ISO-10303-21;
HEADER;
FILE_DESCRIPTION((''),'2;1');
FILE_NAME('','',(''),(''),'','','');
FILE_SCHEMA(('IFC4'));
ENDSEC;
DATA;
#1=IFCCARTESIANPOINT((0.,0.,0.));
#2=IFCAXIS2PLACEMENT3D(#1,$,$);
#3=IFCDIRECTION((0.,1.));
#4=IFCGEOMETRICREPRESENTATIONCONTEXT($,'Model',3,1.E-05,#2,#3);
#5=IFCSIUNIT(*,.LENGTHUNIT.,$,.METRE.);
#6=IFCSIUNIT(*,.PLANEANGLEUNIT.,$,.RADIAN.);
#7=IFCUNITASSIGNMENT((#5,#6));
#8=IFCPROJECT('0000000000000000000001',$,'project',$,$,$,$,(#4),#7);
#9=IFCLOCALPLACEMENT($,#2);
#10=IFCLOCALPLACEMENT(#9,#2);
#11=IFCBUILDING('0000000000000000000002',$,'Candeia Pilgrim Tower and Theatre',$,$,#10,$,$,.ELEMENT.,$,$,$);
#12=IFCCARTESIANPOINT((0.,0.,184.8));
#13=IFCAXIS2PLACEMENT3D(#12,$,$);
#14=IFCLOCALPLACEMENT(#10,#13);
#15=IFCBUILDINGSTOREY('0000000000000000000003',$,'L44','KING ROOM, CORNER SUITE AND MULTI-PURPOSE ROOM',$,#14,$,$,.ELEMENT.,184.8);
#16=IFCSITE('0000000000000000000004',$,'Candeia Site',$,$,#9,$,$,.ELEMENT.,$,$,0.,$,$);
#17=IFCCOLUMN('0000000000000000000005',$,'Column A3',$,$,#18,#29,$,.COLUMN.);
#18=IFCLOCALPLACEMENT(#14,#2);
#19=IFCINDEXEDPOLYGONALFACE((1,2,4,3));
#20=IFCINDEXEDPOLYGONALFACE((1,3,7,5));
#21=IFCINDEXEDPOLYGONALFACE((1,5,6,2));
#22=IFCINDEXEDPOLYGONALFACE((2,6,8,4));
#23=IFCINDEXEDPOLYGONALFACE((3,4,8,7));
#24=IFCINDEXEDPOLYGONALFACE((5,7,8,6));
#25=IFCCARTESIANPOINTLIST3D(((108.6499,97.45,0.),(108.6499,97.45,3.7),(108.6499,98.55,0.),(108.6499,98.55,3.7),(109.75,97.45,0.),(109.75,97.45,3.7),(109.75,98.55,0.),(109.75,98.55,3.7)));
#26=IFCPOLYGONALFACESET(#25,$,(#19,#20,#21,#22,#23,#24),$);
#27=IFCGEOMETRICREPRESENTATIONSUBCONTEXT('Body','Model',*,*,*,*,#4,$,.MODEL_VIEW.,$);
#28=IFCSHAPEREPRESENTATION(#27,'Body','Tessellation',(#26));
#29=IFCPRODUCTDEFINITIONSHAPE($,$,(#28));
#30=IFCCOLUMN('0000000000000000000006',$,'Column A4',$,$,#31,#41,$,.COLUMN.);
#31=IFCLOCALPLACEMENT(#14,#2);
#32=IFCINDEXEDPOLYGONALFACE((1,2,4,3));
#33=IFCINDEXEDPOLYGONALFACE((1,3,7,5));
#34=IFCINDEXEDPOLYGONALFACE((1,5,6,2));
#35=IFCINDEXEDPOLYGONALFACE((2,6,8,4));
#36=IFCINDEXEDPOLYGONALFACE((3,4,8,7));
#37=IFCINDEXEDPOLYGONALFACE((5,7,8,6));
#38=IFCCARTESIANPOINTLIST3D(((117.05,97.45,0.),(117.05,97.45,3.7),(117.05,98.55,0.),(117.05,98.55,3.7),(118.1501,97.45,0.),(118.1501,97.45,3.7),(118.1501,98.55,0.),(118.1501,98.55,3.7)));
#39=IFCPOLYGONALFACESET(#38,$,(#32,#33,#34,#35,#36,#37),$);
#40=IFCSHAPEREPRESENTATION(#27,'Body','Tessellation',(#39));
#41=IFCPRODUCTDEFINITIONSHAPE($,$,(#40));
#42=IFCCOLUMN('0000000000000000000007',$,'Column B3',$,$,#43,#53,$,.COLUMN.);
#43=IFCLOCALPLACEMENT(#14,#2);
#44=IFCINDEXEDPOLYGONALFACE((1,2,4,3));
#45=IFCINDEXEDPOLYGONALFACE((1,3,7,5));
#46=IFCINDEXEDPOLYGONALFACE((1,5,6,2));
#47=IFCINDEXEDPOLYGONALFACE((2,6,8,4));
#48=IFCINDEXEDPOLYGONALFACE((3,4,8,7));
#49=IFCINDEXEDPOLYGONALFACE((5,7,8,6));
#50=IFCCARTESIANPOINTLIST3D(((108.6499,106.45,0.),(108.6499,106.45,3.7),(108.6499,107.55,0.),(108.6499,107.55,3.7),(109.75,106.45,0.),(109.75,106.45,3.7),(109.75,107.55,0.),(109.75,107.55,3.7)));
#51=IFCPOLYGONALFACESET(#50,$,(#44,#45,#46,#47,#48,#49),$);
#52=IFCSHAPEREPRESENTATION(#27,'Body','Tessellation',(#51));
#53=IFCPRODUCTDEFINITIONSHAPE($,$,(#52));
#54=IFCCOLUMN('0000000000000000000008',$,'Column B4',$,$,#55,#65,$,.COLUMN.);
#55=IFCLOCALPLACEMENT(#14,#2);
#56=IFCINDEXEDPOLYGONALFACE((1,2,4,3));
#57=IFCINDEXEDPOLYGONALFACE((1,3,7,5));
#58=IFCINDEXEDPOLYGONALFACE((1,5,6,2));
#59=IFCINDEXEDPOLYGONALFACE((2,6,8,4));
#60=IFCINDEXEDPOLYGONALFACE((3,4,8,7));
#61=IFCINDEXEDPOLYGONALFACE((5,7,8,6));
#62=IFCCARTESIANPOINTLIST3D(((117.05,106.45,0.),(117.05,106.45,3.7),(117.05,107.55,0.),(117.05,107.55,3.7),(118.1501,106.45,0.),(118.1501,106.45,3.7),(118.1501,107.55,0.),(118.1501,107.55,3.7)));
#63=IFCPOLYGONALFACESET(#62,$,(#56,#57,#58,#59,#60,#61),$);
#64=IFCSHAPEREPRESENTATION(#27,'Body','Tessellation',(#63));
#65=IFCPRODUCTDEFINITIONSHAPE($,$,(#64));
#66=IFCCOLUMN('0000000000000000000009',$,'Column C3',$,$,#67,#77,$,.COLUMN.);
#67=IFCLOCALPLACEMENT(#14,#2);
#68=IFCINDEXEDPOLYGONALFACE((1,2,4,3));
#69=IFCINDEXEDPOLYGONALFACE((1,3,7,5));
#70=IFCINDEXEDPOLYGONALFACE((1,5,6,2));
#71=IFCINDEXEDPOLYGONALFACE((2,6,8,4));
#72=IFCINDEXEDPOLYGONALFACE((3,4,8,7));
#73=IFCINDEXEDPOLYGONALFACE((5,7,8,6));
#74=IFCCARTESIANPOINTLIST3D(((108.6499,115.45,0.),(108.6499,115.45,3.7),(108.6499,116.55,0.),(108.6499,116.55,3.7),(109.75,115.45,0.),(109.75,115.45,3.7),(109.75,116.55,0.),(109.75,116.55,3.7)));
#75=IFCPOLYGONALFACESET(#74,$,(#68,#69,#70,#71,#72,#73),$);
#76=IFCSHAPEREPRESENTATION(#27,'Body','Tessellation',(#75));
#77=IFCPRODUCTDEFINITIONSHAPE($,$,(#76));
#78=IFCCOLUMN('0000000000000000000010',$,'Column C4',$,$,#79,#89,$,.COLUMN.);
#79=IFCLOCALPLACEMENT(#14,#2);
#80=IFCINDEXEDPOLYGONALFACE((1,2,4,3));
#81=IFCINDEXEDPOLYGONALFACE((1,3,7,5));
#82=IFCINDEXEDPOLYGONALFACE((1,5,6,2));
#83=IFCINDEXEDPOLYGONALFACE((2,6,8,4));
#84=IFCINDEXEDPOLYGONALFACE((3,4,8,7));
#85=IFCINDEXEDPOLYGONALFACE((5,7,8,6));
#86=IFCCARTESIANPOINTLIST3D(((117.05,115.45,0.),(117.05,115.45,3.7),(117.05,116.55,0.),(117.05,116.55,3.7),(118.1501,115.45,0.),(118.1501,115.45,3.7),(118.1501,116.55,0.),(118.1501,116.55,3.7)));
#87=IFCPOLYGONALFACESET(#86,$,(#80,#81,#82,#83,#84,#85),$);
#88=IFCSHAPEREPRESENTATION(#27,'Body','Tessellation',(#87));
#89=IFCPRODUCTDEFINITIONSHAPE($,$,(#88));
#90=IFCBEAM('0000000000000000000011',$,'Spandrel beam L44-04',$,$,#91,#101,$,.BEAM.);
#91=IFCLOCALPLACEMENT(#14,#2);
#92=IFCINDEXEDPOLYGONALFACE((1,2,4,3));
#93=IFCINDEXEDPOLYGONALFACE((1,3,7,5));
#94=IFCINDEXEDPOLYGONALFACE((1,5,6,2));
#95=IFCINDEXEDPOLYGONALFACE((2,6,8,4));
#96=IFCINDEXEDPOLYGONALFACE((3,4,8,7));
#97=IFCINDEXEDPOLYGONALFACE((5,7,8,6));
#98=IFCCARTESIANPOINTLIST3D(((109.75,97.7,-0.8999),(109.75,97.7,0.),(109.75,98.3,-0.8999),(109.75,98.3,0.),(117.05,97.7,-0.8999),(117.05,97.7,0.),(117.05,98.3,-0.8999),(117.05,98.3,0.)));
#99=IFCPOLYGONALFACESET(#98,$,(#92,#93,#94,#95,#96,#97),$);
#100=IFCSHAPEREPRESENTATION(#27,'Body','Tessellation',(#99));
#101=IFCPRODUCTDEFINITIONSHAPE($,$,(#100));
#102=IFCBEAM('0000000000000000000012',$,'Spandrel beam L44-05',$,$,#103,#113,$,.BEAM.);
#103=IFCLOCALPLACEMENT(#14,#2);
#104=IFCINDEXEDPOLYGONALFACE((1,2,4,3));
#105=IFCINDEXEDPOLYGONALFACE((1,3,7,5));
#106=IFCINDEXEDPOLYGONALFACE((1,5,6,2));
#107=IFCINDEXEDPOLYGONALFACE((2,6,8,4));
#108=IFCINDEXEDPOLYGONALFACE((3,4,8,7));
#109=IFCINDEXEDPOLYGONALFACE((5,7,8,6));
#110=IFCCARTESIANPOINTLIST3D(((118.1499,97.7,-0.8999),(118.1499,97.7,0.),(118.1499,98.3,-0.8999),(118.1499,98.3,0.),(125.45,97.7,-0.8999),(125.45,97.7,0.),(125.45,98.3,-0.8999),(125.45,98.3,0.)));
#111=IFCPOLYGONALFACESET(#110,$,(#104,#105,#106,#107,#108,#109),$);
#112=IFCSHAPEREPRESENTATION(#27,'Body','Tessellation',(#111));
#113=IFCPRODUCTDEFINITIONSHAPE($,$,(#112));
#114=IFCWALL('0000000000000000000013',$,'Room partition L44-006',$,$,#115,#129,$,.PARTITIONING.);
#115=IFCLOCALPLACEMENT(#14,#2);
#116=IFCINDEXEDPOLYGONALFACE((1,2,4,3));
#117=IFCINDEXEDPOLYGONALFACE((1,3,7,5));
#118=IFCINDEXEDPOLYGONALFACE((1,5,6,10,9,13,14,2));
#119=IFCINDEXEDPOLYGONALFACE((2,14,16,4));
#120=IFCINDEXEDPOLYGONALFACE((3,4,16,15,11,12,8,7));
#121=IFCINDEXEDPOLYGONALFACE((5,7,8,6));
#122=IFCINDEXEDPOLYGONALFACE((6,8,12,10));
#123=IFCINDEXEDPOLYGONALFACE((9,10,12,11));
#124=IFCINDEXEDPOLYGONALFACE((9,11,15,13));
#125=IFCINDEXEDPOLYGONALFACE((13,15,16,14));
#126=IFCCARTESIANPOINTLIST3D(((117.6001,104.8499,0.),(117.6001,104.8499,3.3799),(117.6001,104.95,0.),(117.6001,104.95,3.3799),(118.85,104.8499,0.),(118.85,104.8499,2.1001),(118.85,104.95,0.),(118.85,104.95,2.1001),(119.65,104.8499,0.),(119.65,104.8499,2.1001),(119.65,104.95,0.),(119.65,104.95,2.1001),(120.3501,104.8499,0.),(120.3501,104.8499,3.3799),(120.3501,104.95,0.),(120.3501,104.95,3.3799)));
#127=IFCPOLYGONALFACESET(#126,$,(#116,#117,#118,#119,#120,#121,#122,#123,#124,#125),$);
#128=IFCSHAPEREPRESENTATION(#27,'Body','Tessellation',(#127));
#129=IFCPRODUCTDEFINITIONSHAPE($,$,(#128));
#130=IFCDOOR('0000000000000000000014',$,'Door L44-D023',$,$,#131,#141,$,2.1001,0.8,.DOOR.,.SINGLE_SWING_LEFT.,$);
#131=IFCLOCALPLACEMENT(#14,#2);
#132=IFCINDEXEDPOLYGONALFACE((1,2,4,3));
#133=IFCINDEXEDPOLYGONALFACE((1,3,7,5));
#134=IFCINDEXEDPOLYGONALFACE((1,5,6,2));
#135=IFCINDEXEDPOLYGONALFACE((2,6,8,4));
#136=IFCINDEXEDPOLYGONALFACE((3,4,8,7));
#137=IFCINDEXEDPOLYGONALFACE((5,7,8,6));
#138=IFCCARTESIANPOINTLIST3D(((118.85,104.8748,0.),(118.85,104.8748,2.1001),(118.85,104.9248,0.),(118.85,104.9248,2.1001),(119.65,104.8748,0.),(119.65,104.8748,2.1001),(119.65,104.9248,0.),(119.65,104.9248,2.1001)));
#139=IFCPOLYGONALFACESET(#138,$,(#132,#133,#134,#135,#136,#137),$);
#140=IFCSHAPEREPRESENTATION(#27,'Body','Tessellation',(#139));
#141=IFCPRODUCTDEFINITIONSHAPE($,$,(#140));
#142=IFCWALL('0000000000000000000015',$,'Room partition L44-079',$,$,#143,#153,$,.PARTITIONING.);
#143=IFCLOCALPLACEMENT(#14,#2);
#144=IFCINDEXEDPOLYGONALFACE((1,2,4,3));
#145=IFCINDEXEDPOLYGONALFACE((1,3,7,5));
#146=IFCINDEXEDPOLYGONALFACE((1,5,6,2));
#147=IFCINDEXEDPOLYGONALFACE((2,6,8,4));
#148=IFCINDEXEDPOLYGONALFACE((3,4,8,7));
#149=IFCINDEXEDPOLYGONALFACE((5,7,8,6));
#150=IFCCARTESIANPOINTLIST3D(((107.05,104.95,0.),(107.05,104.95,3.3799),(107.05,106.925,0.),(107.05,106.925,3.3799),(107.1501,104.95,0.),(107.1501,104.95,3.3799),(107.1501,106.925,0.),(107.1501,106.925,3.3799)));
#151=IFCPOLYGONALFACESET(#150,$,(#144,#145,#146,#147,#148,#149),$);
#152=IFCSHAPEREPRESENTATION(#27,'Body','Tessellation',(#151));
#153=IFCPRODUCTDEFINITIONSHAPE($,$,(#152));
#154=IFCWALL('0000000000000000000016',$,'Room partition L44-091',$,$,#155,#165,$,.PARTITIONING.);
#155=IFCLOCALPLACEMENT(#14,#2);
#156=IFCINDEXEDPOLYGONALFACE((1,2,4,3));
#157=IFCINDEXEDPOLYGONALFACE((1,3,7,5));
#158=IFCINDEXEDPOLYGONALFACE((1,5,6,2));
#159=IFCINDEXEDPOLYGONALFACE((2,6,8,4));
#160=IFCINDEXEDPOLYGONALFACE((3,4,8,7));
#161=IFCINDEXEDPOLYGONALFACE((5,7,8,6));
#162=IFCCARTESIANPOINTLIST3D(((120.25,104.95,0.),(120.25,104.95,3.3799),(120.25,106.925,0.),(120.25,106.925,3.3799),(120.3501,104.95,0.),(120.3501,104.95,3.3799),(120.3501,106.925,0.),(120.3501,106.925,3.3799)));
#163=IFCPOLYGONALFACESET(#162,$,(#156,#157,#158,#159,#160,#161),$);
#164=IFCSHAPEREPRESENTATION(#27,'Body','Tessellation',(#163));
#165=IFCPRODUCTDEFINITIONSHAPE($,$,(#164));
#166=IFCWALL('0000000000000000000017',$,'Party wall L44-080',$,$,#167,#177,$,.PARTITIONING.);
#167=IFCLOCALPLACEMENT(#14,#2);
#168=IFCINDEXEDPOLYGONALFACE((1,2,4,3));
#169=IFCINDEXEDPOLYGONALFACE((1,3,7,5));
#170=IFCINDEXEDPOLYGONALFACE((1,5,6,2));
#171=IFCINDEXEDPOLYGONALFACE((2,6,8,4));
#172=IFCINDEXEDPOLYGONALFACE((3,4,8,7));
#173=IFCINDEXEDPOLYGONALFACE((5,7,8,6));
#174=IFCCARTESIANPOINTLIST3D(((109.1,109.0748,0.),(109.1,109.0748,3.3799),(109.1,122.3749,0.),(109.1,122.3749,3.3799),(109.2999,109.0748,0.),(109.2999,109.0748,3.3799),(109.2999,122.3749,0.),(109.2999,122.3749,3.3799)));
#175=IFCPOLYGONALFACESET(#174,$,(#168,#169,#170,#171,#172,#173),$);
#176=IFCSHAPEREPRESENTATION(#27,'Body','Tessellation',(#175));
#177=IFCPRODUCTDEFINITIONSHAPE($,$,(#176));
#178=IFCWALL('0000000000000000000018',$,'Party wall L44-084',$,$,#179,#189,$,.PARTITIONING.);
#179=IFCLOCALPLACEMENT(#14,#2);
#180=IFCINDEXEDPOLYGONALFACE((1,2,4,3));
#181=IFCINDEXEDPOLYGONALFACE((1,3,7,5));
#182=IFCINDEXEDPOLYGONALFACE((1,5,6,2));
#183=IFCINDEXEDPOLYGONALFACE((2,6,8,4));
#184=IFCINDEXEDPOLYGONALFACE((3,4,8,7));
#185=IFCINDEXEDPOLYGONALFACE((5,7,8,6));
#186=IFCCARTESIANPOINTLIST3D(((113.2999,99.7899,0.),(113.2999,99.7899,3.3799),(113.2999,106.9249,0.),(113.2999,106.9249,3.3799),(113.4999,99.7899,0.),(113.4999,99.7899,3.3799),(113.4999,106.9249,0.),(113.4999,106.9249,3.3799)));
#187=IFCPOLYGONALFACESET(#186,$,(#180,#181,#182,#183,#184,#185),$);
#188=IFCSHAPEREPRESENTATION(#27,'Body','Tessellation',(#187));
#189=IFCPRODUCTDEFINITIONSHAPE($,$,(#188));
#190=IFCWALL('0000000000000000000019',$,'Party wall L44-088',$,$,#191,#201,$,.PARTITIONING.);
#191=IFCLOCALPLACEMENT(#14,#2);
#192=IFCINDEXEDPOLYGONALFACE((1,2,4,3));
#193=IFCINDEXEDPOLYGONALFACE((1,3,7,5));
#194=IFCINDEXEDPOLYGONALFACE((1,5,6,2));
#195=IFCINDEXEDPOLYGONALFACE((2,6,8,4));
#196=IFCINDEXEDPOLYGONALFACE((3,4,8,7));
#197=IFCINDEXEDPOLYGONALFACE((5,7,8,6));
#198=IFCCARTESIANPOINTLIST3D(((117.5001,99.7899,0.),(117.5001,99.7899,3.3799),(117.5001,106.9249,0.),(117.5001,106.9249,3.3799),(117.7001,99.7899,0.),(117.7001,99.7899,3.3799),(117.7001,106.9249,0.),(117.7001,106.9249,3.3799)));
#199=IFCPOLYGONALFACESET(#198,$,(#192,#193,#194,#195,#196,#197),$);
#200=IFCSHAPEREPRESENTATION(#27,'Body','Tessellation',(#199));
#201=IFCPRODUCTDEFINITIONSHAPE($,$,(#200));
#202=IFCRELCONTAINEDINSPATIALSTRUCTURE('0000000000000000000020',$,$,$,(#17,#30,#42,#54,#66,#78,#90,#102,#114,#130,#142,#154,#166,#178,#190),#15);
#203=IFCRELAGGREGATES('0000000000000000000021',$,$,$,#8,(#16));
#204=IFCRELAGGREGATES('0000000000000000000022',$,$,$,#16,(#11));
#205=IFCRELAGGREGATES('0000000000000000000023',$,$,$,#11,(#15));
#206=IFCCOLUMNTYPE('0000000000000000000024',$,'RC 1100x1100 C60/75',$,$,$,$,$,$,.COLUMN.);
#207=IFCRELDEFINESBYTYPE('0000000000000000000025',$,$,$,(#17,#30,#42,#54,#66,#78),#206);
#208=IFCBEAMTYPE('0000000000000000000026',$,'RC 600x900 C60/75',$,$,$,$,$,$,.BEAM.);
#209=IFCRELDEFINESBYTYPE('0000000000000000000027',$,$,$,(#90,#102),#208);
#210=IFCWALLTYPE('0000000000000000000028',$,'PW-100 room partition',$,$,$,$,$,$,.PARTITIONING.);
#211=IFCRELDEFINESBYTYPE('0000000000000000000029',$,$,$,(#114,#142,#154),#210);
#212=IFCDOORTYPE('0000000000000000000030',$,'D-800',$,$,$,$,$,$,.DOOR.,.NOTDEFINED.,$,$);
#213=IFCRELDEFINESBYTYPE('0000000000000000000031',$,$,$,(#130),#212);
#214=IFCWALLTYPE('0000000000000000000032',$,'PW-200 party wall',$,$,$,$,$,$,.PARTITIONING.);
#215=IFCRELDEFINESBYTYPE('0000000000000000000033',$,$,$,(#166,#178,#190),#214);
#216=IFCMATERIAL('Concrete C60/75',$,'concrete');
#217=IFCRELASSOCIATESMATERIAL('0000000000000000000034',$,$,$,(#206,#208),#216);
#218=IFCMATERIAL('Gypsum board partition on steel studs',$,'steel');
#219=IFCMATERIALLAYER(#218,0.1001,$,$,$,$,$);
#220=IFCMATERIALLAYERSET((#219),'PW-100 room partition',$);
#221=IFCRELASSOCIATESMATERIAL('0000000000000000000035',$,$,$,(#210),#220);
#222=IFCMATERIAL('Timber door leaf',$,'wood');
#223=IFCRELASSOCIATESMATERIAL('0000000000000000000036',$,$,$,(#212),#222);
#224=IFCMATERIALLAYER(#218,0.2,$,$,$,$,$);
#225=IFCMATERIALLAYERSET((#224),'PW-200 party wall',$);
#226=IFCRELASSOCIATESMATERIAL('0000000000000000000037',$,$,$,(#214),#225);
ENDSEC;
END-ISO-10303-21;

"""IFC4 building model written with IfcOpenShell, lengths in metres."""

from ifc_helpers import new_model, si_unit, direction, frame, frame_2d, origin, origin_2d, place, context, subcontext, project, spatial, rectangle, extrude, material, layer, layer_set, material_profile, profile_set, type_object, element, fill, save


model = new_model("IFC4")

# Units and contexts
model_context = context("Model", 3, precision=1e-05, world=origin(), true_north=direction((0.0, 1.0)))
body_context = subcontext(model_context, "Body", "Model", "MODEL_VIEW")
ifc_project = project(units=[si_unit("LENGTHUNIT", "METRE"), si_unit("PLANEANGLEUNIT", "RADIAN")], contexts=[model_context])

# Site, building, storey
site_placement = place(None, origin())
site = spatial("IfcSite", under=ifc_project, at=site_placement, Name="Candeia Site", CompositionType="ELEMENT", RefElevation=0.0)
building_placement = place(site_placement, origin())
building = spatial("IfcBuilding", under=site, at=building_placement, Name="Candeia Pilgrim Tower and Theatre", CompositionType="ELEMENT")
storey_placement = place(building_placement, frame((0.0, 0.0, 184.8)))
storey = spatial("IfcBuildingStorey", under=building, at=storey_placement, Name="L44", Description="KING ROOM, CORNER SUITE AND MULTI-PURPOSE ROOM", CompositionType="ELEMENT", Elevation=184.8)

# Columns
ifc_material_1 = material(Name="Concrete C60/75", Category="concrete")
ifc_material_profile_1 = material_profile(ifc_material_1, rectangle(XDim=1.1001, YDim=1.1001, at=origin_2d()))
ifc_profile_set_1 = profile_set([ifc_material_profile_1], Name="Concrete C60/75")
column_type = type_object("IfcColumnType", Name="RC 1100x1100 C60/75", PredefinedType="COLUMN", material=ifc_profile_set_1)
for number, where, z_axis, x_axis, name in (
    (1, (109.2, 98.0, 0.0), (0.0, 0.0, 1.0), (1.0, 0.0, 0.0), "Column A3"),
    (2, (117.6001, 98.0, 0.0), (0.0, 0.0, 1.0), (1.0, 0.0, 0.0), "Column A4"),
    (3, (109.2, 107.0, 0.0), (0.0, 0.0, 1.0), (1.0, 0.0, 0.0), "Column B3"),
    (4, (117.6001, 107.0, 0.0), (0.0, 0.0, 1.0), (1.0, 0.0, 0.0), "Column B4"),
    (5, (109.2, 116.0, 0.0), (0.0, 0.0, 1.0), (1.0, 0.0, 0.0), "Column C3"),
    (6, (117.6001, 116.0, 0.0), (0.0, 0.0, 1.0), (1.0, 0.0, 0.0), "Column C4"),
):
    element("IfcColumn", number, at=place(storey_placement, frame(where, z_axis=z_axis, x_axis=x_axis)), inside=storey, type_object=column_type, Name=name, PredefinedType="COLUMN", context=body_context, shape_type="SweptSolid", body=[
        extrude(rectangle(XDim=1.1001, YDim=1.1001, at=origin_2d()), origin(), (0.0, 0.0, 1.0), 3.7),
    ])

# Beams
ifc_material_profile_2 = material_profile(ifc_material_1, rectangle(XDim=0.6001, YDim=0.8999, at=origin_2d()))
ifc_profile_set_2 = profile_set([ifc_material_profile_2], Name="Concrete C60/75")
beam_type = type_object("IfcBeamType", Name="RC 600x900 C60/75", PredefinedType="BEAM", material=ifc_profile_set_2)
for number, where, z_axis, x_axis, name in (
    (7, (109.75, 98.0, -0.45), (1.0, 0.0, 0.0), (0.0, 1.0, 0.0), "Spandrel beam L44-04"),
    (8, (118.1499, 98.0, -0.45), (1.0, 0.0, 0.0), (0.0, 1.0, 0.0), "Spandrel beam L44-05"),
):
    element("IfcBeam", number, at=place(storey_placement, frame(where, z_axis=z_axis, x_axis=x_axis)), inside=storey, type_object=beam_type, Name=name, PredefinedType="BEAM", context=body_context, shape_type="SweptSolid", body=[
        extrude(rectangle(XDim=0.6001, YDim=0.8999, at=origin_2d()), origin(), (0.0, 0.0, 1.0), 7.3),
    ])

# Wall, opening, door
ifc_material_2 = material(Name="Gypsum board partition on steel studs", Category="steel")
ifc_layer_1 = layer(ifc_material_2, 0.1001)
ifc_layer_set_1 = layer_set([ifc_layer_1], Name="PW-100 room partition")
wall_type_1 = type_object("IfcWallType", Name="PW-100 room partition", PredefinedType="PARTITIONING", material=ifc_layer_set_1)
wall_1_placement = place(storey_placement, frame((117.6001, 104.8999, 0.0), z_axis=(0.0, 0.0, 1.0), x_axis=(1.0, 0.0, 0.0)))
wall_1 = element("IfcWall", 9, at=wall_1_placement, inside=storey, type_object=wall_type_1, Name="Room partition L44-006", PredefinedType="PARTITIONING", context=body_context, shape_type="SweptSolid", body=[
    extrude(rectangle(XDim=2.75, YDim=0.1001, at=frame_2d((1.375, 0.0))), origin(), (0.0, 0.0, 1.0), 3.3799),
])
opening_placement = place(wall_1_placement, frame((1.25, 0.0, 0.0)))
opening = element("IfcOpeningElement", 10, at=opening_placement, cuts=wall_1, PredefinedType="OPENING", context=body_context, shape_type="SweptSolid", body=[
    extrude(rectangle(XDim=0.8, YDim=2.1001, at=frame_2d((0.3999, 1.05))), frame((0.0, 0.0601, 0.0), z_axis=(0.0, -1.0, 0.0), x_axis=(1.0, 0.0, 0.0)), (0.0, 0.0, 1.0), 0.1201),
])
ifc_material_3 = material(Name="Timber door leaf", Category="wood")
door_type = type_object("IfcDoorType", Name="D-800", OperationType="NOTDEFINED", PredefinedType="DOOR", material=ifc_material_3)
door_placement = place(opening_placement, origin())
door = element("IfcDoor", 11, at=door_placement, inside=storey, type_object=door_type, Name="Door L44-D023", OperationType="SINGLE_SWING_LEFT", OverallHeight=2.1001, OverallWidth=0.8, PredefinedType="DOOR", context=body_context, shape_type="SweptSolid", body=[
    extrude(rectangle(XDim=0.8, YDim=2.1001, at=frame_2d((0.3999, 1.05))), frame((0.0, 0.0249, 0.0), z_axis=(0.0, -1.0, 0.0), x_axis=(1.0, 0.0, 0.0)), (0.0, 0.0, 1.0), 0.05),
])
fill(opening, door)

# Walls
for number, where, z_axis, x_axis, name in (
    (12, (107.1001, 104.95, 0.0), (0.0, 0.0, 1.0), (0.0, 1.0, 0.0), "Room partition L44-079"),
    (13, (120.3, 104.95, 0.0), (0.0, 0.0, 1.0), (0.0, 1.0, 0.0), "Room partition L44-091"),
):
    element("IfcWall", number, at=place(storey_placement, frame(where, z_axis=z_axis, x_axis=x_axis)), inside=storey, type_object=wall_type_1, Name=name, PredefinedType="PARTITIONING", context=body_context, shape_type="SweptSolid", body=[
        extrude(rectangle(XDim=1.9751, YDim=0.1001, at=frame_2d((0.9875, 0.0))), origin(), (0.0, 0.0, 1.0), 3.3799),
    ])
ifc_layer_2 = layer(ifc_material_2, 0.2)
ifc_layer_set_2 = layer_set([ifc_layer_2], Name="PW-200 party wall")
wall_type_2 = type_object("IfcWallType", Name="PW-200 party wall", PredefinedType="PARTITIONING", material=ifc_layer_set_2)
wall_2_placement = place(storey_placement, frame((109.2, 109.075, 0.0), z_axis=(0.0, 0.0, 1.0), x_axis=(0.0, 1.0, 0.0)))
element("IfcWall", 14, at=wall_2_placement, inside=storey, type_object=wall_type_2, Name="Party wall L44-080", PredefinedType="PARTITIONING", context=body_context, shape_type="SweptSolid", body=[
    extrude(rectangle(XDim=13.3, YDim=0.2, at=frame_2d((6.6499, 0.0))), origin(), (0.0, 0.0, 1.0), 3.3799),
])
for number, where, z_axis, x_axis, name in (
    (15, (113.3999, 99.79, 0.0), (0.0, 0.0, 1.0), (0.0, 1.0, 0.0), "Party wall L44-084"),
    (16, (117.6001, 99.79, 0.0), (0.0, 0.0, 1.0), (0.0, 1.0, 0.0), "Party wall L44-088"),
):
    element("IfcWall", number, at=place(storey_placement, frame(where, z_axis=z_axis, x_axis=x_axis)), inside=storey, type_object=wall_type_2, Name=name, PredefinedType="PARTITIONING", context=body_context, shape_type="SweptSolid", body=[
        extrude(rectangle(XDim=7.135, YDim=0.2, at=frame_2d((3.5674, 0.0))), origin(), (0.0, 0.0, 1.0), 3.3799),
    ])

save(model, "model.ifc")
